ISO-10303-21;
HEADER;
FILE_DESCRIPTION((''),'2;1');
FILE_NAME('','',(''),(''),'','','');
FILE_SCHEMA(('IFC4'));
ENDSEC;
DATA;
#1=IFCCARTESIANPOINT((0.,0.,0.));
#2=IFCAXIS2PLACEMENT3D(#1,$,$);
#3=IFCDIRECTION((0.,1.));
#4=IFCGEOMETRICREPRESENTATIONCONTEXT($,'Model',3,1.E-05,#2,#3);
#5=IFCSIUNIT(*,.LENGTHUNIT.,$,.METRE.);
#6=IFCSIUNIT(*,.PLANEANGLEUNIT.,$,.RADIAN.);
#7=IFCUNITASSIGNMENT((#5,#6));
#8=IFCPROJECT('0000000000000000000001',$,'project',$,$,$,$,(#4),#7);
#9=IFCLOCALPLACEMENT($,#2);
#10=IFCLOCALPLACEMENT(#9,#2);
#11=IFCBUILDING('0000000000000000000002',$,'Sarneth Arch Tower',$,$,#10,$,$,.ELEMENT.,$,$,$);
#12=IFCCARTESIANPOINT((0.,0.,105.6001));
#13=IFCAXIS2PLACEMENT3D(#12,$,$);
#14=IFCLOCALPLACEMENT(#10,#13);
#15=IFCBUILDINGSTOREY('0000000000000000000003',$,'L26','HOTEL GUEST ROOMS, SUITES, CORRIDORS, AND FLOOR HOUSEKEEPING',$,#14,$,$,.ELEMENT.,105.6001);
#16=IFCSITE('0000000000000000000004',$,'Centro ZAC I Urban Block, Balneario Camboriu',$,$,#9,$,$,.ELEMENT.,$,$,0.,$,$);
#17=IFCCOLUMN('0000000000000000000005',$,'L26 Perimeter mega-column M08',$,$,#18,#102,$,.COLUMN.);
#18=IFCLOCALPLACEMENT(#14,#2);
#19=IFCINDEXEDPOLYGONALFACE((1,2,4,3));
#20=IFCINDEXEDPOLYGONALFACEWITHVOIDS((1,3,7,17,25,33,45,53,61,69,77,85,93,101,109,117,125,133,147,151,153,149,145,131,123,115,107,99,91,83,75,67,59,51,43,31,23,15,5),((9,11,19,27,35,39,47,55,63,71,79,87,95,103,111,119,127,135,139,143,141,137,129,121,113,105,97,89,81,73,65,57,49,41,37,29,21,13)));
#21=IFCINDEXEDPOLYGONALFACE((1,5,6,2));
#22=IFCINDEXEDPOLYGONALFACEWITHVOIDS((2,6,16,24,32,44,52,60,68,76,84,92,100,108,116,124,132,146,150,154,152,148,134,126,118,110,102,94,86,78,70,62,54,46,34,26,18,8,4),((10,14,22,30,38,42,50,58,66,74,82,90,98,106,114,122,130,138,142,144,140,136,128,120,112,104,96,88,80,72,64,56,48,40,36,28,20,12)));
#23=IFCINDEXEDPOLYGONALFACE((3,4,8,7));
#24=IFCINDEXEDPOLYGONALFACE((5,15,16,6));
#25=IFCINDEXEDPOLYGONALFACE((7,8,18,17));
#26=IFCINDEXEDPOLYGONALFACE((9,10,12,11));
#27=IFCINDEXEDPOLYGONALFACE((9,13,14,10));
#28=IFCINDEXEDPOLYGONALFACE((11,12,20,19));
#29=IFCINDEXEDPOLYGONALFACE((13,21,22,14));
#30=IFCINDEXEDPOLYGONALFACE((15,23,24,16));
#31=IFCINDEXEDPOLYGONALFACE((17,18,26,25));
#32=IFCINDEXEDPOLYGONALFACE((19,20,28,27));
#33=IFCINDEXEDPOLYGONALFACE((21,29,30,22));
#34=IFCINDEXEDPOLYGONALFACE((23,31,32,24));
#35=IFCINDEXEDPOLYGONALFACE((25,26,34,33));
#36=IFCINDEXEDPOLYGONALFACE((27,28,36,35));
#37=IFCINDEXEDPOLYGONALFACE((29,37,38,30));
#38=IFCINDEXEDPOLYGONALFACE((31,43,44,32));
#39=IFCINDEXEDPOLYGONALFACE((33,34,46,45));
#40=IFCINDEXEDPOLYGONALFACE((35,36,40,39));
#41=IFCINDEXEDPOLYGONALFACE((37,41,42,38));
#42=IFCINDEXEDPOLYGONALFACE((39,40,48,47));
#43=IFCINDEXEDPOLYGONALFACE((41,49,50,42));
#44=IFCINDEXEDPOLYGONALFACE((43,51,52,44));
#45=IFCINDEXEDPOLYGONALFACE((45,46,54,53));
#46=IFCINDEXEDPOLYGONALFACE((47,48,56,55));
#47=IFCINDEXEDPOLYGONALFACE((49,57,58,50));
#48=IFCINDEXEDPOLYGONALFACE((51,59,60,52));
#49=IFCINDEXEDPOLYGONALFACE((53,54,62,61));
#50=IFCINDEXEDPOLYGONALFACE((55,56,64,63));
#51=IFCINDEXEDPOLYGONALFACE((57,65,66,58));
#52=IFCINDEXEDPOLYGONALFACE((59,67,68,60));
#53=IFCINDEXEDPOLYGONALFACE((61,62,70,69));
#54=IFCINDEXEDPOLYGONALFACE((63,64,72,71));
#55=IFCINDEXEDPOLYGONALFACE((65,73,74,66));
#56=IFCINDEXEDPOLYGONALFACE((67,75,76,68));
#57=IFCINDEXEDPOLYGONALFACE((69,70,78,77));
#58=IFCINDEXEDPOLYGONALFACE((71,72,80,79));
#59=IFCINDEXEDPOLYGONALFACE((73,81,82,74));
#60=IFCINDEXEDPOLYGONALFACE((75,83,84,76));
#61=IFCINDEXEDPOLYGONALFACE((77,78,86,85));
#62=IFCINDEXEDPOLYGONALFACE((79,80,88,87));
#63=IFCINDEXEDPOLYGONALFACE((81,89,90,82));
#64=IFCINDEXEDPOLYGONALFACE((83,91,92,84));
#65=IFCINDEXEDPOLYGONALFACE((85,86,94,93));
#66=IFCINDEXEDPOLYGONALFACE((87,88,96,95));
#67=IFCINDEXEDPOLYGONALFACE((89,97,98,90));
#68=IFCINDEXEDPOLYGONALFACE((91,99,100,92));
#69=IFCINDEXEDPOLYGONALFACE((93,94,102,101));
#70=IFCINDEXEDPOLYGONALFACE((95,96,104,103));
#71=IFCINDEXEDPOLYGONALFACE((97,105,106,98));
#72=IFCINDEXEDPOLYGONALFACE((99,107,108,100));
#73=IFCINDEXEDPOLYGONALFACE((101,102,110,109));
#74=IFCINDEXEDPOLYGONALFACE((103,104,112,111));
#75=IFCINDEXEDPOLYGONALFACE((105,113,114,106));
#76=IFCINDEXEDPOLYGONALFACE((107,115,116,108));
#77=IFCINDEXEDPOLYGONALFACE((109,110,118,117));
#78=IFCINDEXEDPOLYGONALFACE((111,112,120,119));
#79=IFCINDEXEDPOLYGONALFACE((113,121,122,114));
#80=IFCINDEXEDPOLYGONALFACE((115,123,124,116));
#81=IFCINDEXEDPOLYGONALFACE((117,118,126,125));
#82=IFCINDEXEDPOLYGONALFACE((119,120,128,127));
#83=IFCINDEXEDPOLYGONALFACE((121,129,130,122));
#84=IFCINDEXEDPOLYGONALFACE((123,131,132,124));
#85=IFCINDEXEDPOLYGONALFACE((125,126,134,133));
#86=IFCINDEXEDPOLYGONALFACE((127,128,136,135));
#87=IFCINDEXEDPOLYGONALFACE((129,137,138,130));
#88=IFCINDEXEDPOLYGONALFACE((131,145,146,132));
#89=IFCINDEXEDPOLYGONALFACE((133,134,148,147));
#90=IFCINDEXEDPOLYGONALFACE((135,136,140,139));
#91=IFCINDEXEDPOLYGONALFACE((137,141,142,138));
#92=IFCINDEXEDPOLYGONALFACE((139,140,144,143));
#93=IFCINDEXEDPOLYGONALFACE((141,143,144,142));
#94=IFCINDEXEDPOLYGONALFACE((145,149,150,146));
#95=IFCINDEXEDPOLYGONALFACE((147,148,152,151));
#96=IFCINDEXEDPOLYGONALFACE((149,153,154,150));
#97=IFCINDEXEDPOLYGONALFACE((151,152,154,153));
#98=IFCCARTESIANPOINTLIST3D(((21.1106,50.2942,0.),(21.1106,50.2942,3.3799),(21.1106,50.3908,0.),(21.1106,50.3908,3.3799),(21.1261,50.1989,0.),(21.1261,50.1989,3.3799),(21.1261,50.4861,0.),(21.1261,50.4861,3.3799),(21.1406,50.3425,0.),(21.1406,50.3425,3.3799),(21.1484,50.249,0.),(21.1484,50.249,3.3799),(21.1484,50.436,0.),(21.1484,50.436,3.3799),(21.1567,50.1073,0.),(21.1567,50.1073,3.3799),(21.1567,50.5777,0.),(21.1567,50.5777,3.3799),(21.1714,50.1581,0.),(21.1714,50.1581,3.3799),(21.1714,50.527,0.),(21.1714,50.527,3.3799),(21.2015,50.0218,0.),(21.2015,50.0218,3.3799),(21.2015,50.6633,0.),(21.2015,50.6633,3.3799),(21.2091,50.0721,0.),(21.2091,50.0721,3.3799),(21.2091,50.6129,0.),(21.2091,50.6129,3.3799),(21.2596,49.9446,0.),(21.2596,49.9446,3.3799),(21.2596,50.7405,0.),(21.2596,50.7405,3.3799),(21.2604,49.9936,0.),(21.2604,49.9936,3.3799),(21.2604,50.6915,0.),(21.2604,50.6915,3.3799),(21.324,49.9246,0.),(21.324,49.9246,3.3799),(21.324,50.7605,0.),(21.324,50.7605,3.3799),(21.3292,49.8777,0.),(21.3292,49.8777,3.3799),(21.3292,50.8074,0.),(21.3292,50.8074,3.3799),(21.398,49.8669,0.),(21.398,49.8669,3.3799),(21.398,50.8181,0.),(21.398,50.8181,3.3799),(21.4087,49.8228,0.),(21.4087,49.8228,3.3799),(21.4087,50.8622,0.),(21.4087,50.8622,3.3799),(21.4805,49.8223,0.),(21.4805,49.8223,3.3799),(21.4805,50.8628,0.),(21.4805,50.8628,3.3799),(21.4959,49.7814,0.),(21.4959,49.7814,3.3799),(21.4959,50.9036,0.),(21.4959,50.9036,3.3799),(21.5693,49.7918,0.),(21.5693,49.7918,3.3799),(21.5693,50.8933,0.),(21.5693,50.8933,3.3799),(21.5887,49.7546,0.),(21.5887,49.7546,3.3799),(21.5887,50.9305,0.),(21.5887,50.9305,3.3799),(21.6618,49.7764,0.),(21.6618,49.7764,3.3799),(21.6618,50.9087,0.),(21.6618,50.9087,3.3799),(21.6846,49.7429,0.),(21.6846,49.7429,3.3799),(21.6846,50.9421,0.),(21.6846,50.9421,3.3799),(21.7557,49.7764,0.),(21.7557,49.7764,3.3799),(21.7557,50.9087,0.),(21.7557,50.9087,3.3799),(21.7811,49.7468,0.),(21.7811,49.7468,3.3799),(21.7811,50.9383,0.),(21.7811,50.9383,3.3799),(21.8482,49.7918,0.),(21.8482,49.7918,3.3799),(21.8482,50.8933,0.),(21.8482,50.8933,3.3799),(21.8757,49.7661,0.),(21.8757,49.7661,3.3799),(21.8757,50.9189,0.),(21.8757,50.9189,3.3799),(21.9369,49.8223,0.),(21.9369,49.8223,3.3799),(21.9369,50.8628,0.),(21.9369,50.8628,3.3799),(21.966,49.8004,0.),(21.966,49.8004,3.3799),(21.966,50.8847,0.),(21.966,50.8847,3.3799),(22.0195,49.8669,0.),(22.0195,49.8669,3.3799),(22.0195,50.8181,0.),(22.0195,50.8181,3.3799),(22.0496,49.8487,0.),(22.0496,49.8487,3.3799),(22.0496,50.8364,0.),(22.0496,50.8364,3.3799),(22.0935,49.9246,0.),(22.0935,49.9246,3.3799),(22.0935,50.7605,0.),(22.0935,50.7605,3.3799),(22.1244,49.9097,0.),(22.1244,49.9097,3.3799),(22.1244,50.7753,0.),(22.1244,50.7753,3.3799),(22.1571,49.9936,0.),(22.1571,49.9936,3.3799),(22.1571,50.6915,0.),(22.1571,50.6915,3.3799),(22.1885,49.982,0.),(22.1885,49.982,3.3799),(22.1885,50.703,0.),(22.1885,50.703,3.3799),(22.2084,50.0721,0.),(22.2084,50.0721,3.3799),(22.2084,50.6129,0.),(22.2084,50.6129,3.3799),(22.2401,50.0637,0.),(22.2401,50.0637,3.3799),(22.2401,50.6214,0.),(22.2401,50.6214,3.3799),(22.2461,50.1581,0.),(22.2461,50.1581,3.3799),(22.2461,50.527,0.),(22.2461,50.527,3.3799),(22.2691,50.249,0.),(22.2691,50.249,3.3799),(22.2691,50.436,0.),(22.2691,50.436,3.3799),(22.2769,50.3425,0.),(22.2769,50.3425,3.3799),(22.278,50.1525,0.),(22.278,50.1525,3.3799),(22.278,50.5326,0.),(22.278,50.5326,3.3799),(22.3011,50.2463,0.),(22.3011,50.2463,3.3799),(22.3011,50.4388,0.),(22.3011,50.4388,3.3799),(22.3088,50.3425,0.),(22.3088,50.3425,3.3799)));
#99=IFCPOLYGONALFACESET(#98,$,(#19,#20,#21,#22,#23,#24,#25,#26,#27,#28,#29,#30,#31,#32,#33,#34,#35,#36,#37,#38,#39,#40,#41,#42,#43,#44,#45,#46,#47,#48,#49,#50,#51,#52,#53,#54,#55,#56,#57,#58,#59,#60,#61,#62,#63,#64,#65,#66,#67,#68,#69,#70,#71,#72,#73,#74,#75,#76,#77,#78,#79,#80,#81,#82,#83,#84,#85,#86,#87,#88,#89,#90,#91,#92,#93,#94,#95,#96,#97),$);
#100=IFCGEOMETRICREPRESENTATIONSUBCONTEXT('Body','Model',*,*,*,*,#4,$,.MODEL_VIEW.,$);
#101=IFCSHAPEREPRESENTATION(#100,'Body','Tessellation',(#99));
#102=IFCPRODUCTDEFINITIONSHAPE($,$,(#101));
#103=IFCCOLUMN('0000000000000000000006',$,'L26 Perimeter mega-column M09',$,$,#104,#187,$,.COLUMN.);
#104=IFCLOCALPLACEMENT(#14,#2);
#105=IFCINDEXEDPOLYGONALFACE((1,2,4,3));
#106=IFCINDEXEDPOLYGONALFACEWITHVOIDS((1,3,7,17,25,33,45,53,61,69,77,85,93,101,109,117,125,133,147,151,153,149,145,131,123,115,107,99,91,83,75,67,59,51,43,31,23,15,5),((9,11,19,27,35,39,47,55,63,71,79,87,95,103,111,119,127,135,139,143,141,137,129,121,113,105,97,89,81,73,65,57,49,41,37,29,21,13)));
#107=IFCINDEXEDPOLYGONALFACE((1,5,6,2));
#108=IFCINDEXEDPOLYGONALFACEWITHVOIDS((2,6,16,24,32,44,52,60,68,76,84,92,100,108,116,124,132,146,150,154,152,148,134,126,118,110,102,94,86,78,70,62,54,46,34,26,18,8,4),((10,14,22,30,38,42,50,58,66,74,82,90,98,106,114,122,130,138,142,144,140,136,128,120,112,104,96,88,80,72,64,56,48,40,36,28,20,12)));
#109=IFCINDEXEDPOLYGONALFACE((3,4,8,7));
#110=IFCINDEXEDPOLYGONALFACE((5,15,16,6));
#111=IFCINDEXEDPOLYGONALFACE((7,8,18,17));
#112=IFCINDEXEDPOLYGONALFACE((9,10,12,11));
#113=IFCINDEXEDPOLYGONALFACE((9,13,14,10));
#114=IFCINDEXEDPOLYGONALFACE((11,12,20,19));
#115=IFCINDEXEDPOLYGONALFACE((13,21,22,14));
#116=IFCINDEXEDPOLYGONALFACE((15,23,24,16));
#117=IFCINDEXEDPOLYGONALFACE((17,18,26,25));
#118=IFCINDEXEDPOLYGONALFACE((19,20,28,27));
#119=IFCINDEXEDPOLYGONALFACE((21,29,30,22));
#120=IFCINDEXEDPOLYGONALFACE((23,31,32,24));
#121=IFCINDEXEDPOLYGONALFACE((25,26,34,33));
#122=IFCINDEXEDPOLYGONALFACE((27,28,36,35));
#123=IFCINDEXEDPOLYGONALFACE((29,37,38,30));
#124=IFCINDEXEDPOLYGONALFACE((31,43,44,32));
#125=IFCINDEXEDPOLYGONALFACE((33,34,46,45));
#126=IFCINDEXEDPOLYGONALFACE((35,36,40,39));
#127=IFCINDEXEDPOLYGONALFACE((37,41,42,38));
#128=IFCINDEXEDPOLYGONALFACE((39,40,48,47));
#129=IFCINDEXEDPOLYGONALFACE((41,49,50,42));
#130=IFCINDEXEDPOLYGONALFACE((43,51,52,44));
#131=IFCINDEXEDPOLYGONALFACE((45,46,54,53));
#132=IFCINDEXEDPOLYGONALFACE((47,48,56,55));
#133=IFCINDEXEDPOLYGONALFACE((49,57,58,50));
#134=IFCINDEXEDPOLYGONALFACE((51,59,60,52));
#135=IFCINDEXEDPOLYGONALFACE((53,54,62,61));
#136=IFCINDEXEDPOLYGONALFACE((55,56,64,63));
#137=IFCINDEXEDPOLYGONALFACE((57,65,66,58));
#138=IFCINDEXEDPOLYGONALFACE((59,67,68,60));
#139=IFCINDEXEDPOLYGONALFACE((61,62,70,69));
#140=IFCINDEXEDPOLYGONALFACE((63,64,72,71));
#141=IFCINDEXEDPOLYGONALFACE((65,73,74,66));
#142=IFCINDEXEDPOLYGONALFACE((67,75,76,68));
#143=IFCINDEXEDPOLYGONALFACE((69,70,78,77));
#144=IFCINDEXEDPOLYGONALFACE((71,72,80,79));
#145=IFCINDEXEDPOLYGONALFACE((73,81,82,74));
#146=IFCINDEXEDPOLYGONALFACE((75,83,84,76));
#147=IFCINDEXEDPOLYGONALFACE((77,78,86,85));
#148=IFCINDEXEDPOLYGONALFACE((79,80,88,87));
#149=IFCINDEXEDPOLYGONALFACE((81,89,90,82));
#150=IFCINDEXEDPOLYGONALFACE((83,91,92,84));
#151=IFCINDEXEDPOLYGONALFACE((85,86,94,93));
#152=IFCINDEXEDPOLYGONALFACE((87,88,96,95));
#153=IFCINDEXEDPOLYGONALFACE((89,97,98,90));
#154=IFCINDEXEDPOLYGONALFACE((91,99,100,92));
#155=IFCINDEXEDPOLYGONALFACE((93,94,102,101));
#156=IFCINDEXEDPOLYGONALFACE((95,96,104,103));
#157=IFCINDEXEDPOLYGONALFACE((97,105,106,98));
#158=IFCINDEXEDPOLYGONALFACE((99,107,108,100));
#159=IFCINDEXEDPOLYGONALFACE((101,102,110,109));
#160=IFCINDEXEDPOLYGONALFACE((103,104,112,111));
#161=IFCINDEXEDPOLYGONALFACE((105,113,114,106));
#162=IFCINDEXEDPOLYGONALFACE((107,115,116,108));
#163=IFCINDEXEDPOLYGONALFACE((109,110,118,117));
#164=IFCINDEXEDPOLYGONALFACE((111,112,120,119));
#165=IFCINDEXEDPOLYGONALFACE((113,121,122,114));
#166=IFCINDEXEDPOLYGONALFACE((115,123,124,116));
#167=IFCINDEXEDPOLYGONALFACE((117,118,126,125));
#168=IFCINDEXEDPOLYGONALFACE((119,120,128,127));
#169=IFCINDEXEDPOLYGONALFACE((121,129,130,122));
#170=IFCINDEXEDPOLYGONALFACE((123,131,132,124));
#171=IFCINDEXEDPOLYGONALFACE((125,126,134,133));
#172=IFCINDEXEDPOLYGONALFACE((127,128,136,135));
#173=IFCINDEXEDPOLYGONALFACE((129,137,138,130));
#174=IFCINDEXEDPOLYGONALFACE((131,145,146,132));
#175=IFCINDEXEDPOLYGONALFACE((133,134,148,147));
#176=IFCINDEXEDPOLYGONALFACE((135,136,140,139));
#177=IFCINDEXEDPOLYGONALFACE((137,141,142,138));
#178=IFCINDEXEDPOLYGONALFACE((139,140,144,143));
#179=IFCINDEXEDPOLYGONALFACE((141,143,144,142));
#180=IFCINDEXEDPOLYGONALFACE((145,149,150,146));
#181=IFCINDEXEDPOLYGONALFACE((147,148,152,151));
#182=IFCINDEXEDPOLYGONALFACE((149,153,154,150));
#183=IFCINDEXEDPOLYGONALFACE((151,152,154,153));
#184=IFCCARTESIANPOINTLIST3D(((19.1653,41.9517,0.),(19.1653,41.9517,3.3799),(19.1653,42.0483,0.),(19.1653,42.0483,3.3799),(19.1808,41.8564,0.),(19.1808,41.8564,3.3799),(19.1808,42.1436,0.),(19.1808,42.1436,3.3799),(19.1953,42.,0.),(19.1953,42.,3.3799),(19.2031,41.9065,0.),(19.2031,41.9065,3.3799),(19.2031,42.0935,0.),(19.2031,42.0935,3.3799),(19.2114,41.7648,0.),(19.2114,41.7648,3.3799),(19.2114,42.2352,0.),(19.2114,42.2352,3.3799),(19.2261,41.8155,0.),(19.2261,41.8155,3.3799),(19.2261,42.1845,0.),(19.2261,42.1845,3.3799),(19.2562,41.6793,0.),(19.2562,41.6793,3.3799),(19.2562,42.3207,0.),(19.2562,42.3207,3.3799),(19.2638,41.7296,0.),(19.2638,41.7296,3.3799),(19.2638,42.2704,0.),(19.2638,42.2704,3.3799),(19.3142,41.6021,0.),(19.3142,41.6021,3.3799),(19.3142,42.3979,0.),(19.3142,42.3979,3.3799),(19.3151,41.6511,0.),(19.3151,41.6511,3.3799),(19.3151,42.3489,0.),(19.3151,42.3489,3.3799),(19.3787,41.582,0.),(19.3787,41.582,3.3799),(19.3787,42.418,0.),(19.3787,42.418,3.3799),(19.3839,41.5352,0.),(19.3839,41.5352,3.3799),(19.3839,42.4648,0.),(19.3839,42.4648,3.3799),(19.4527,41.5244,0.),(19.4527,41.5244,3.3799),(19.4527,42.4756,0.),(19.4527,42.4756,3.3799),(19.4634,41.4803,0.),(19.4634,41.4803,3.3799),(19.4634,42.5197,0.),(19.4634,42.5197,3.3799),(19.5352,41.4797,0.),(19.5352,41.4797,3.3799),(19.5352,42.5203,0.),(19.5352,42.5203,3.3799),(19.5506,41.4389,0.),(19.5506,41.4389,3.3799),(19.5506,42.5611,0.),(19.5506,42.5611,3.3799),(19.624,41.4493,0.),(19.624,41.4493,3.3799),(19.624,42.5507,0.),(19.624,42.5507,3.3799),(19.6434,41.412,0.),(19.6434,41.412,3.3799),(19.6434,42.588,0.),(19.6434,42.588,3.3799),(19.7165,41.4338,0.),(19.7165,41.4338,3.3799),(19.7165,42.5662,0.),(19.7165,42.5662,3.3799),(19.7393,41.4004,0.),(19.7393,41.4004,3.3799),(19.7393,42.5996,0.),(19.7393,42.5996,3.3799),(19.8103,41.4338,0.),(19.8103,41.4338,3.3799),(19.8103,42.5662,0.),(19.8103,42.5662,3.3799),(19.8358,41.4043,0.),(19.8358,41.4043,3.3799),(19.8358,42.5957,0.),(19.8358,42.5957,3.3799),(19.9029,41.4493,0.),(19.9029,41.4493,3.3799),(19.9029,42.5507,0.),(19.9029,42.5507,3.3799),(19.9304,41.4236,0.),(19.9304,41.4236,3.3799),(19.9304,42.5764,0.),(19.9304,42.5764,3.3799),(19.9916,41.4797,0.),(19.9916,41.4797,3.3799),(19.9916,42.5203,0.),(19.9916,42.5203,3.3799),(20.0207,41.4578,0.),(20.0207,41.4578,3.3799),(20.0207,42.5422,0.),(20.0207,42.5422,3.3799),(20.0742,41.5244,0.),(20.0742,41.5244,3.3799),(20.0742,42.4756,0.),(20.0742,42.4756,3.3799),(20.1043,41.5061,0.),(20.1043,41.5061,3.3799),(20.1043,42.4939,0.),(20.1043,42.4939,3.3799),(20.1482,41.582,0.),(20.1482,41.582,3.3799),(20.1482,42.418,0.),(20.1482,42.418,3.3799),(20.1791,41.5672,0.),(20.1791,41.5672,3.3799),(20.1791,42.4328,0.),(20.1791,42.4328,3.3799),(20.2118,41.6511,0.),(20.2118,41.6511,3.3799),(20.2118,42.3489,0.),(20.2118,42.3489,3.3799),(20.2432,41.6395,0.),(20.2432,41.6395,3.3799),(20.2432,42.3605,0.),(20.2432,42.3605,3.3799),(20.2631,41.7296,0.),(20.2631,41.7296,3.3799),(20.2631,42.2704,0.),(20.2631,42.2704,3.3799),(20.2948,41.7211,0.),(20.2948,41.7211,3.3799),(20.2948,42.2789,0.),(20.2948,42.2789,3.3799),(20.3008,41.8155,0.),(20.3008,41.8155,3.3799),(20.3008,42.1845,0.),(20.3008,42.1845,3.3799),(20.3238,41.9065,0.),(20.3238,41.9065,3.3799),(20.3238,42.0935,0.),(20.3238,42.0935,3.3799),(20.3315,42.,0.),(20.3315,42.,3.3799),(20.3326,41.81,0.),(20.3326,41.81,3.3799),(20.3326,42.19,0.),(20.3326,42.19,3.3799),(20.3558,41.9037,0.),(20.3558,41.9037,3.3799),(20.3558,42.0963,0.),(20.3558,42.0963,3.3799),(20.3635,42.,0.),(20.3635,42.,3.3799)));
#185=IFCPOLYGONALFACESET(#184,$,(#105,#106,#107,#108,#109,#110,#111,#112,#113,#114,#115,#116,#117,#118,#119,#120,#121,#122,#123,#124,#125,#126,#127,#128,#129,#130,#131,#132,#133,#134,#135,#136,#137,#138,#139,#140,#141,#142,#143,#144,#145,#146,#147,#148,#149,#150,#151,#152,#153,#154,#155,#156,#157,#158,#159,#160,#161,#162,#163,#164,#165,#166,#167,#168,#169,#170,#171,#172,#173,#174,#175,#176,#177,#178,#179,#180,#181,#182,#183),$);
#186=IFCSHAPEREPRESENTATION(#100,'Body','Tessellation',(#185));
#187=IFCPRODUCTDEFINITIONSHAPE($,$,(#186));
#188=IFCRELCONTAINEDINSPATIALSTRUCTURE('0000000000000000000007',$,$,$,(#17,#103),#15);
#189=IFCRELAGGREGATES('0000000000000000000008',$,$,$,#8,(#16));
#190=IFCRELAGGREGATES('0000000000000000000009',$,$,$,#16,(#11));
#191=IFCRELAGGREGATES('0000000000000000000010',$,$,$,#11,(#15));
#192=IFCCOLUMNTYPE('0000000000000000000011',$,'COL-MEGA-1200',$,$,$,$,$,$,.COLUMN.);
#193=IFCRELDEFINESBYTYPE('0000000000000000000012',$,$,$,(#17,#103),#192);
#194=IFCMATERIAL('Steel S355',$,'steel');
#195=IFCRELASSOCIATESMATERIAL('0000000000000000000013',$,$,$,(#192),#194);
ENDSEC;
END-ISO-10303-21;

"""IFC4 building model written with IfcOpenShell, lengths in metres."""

from ifc_helpers import new_model, si_unit, direction, frame, origin, origin_2d, place, context, subcontext, project, spatial, hollow_circle, extrude, material, material_profile, profile_set, type_object, element, save


model = new_model("IFC4")

# Units and contexts
model_context = context("Model", 3, precision=1e-05, world=origin(), true_north=direction((0.0, 1.0)))
body_context = subcontext(model_context, "Body", "Model", "MODEL_VIEW")
ifc_project = project(units=[si_unit("LENGTHUNIT", "METRE"), si_unit("PLANEANGLEUNIT", "RADIAN")], contexts=[model_context])

# Site, building, storey
site_placement = place(None, origin())
site = spatial("IfcSite", under=ifc_project, at=site_placement, Name="Centro ZAC I Urban Block, Balneario Camboriu", CompositionType="ELEMENT", RefElevation=0.0)
building_placement = place(site_placement, origin())
building = spatial("IfcBuilding", under=site, at=building_placement, Name="Sarneth Arch Tower", CompositionType="ELEMENT")
storey_placement = place(building_placement, frame((0.0, 0.0, 105.6001)))
storey = spatial("IfcBuildingStorey", under=building, at=storey_placement, Name="L26", Description="HOTEL GUEST ROOMS, SUITES, CORRIDORS, AND FLOOR HOUSEKEEPING", CompositionType="ELEMENT", Elevation=105.6001)

# Columns
ifc_material_1 = material(Name="Steel S355", Category="steel")
ifc_material_profile_1 = material_profile(ifc_material_1, hollow_circle(Radius=0.6001, WallThickness=0.032, at=origin_2d()), Name="CHS1200x32")
ifc_profile_set_1 = profile_set([ifc_material_profile_1], Name="Steel S355")
column_type = type_object("IfcColumnType", Name="COL-MEGA-1200", PredefinedType="COLUMN", material=ifc_profile_set_1)
for number, where, z_axis, x_axis, name in (
    (1, (21.7087, 50.3425, 0.0), (0.0, 0.0, 1.0), (1.0, 0.0, 0.0), "L26 Perimeter mega-column M08"),
    (2, (19.7634, 42.0, 0.0), (0.0, 0.0, 1.0), (1.0, 0.0, 0.0), "L26 Perimeter mega-column M09"),
):
    element("IfcColumn", number, at=place(storey_placement, frame(where, z_axis=z_axis, x_axis=x_axis)), inside=storey, type_object=column_type, Name=name, PredefinedType="COLUMN", context=body_context, shape_type="SweptSolid", body=[
        extrude(hollow_circle(Radius=0.6001, WallThickness=0.032, at=origin_2d()), origin(), (0.0, 0.0, 1.0), 3.3799),
    ])

save(model, "model.ifc")
